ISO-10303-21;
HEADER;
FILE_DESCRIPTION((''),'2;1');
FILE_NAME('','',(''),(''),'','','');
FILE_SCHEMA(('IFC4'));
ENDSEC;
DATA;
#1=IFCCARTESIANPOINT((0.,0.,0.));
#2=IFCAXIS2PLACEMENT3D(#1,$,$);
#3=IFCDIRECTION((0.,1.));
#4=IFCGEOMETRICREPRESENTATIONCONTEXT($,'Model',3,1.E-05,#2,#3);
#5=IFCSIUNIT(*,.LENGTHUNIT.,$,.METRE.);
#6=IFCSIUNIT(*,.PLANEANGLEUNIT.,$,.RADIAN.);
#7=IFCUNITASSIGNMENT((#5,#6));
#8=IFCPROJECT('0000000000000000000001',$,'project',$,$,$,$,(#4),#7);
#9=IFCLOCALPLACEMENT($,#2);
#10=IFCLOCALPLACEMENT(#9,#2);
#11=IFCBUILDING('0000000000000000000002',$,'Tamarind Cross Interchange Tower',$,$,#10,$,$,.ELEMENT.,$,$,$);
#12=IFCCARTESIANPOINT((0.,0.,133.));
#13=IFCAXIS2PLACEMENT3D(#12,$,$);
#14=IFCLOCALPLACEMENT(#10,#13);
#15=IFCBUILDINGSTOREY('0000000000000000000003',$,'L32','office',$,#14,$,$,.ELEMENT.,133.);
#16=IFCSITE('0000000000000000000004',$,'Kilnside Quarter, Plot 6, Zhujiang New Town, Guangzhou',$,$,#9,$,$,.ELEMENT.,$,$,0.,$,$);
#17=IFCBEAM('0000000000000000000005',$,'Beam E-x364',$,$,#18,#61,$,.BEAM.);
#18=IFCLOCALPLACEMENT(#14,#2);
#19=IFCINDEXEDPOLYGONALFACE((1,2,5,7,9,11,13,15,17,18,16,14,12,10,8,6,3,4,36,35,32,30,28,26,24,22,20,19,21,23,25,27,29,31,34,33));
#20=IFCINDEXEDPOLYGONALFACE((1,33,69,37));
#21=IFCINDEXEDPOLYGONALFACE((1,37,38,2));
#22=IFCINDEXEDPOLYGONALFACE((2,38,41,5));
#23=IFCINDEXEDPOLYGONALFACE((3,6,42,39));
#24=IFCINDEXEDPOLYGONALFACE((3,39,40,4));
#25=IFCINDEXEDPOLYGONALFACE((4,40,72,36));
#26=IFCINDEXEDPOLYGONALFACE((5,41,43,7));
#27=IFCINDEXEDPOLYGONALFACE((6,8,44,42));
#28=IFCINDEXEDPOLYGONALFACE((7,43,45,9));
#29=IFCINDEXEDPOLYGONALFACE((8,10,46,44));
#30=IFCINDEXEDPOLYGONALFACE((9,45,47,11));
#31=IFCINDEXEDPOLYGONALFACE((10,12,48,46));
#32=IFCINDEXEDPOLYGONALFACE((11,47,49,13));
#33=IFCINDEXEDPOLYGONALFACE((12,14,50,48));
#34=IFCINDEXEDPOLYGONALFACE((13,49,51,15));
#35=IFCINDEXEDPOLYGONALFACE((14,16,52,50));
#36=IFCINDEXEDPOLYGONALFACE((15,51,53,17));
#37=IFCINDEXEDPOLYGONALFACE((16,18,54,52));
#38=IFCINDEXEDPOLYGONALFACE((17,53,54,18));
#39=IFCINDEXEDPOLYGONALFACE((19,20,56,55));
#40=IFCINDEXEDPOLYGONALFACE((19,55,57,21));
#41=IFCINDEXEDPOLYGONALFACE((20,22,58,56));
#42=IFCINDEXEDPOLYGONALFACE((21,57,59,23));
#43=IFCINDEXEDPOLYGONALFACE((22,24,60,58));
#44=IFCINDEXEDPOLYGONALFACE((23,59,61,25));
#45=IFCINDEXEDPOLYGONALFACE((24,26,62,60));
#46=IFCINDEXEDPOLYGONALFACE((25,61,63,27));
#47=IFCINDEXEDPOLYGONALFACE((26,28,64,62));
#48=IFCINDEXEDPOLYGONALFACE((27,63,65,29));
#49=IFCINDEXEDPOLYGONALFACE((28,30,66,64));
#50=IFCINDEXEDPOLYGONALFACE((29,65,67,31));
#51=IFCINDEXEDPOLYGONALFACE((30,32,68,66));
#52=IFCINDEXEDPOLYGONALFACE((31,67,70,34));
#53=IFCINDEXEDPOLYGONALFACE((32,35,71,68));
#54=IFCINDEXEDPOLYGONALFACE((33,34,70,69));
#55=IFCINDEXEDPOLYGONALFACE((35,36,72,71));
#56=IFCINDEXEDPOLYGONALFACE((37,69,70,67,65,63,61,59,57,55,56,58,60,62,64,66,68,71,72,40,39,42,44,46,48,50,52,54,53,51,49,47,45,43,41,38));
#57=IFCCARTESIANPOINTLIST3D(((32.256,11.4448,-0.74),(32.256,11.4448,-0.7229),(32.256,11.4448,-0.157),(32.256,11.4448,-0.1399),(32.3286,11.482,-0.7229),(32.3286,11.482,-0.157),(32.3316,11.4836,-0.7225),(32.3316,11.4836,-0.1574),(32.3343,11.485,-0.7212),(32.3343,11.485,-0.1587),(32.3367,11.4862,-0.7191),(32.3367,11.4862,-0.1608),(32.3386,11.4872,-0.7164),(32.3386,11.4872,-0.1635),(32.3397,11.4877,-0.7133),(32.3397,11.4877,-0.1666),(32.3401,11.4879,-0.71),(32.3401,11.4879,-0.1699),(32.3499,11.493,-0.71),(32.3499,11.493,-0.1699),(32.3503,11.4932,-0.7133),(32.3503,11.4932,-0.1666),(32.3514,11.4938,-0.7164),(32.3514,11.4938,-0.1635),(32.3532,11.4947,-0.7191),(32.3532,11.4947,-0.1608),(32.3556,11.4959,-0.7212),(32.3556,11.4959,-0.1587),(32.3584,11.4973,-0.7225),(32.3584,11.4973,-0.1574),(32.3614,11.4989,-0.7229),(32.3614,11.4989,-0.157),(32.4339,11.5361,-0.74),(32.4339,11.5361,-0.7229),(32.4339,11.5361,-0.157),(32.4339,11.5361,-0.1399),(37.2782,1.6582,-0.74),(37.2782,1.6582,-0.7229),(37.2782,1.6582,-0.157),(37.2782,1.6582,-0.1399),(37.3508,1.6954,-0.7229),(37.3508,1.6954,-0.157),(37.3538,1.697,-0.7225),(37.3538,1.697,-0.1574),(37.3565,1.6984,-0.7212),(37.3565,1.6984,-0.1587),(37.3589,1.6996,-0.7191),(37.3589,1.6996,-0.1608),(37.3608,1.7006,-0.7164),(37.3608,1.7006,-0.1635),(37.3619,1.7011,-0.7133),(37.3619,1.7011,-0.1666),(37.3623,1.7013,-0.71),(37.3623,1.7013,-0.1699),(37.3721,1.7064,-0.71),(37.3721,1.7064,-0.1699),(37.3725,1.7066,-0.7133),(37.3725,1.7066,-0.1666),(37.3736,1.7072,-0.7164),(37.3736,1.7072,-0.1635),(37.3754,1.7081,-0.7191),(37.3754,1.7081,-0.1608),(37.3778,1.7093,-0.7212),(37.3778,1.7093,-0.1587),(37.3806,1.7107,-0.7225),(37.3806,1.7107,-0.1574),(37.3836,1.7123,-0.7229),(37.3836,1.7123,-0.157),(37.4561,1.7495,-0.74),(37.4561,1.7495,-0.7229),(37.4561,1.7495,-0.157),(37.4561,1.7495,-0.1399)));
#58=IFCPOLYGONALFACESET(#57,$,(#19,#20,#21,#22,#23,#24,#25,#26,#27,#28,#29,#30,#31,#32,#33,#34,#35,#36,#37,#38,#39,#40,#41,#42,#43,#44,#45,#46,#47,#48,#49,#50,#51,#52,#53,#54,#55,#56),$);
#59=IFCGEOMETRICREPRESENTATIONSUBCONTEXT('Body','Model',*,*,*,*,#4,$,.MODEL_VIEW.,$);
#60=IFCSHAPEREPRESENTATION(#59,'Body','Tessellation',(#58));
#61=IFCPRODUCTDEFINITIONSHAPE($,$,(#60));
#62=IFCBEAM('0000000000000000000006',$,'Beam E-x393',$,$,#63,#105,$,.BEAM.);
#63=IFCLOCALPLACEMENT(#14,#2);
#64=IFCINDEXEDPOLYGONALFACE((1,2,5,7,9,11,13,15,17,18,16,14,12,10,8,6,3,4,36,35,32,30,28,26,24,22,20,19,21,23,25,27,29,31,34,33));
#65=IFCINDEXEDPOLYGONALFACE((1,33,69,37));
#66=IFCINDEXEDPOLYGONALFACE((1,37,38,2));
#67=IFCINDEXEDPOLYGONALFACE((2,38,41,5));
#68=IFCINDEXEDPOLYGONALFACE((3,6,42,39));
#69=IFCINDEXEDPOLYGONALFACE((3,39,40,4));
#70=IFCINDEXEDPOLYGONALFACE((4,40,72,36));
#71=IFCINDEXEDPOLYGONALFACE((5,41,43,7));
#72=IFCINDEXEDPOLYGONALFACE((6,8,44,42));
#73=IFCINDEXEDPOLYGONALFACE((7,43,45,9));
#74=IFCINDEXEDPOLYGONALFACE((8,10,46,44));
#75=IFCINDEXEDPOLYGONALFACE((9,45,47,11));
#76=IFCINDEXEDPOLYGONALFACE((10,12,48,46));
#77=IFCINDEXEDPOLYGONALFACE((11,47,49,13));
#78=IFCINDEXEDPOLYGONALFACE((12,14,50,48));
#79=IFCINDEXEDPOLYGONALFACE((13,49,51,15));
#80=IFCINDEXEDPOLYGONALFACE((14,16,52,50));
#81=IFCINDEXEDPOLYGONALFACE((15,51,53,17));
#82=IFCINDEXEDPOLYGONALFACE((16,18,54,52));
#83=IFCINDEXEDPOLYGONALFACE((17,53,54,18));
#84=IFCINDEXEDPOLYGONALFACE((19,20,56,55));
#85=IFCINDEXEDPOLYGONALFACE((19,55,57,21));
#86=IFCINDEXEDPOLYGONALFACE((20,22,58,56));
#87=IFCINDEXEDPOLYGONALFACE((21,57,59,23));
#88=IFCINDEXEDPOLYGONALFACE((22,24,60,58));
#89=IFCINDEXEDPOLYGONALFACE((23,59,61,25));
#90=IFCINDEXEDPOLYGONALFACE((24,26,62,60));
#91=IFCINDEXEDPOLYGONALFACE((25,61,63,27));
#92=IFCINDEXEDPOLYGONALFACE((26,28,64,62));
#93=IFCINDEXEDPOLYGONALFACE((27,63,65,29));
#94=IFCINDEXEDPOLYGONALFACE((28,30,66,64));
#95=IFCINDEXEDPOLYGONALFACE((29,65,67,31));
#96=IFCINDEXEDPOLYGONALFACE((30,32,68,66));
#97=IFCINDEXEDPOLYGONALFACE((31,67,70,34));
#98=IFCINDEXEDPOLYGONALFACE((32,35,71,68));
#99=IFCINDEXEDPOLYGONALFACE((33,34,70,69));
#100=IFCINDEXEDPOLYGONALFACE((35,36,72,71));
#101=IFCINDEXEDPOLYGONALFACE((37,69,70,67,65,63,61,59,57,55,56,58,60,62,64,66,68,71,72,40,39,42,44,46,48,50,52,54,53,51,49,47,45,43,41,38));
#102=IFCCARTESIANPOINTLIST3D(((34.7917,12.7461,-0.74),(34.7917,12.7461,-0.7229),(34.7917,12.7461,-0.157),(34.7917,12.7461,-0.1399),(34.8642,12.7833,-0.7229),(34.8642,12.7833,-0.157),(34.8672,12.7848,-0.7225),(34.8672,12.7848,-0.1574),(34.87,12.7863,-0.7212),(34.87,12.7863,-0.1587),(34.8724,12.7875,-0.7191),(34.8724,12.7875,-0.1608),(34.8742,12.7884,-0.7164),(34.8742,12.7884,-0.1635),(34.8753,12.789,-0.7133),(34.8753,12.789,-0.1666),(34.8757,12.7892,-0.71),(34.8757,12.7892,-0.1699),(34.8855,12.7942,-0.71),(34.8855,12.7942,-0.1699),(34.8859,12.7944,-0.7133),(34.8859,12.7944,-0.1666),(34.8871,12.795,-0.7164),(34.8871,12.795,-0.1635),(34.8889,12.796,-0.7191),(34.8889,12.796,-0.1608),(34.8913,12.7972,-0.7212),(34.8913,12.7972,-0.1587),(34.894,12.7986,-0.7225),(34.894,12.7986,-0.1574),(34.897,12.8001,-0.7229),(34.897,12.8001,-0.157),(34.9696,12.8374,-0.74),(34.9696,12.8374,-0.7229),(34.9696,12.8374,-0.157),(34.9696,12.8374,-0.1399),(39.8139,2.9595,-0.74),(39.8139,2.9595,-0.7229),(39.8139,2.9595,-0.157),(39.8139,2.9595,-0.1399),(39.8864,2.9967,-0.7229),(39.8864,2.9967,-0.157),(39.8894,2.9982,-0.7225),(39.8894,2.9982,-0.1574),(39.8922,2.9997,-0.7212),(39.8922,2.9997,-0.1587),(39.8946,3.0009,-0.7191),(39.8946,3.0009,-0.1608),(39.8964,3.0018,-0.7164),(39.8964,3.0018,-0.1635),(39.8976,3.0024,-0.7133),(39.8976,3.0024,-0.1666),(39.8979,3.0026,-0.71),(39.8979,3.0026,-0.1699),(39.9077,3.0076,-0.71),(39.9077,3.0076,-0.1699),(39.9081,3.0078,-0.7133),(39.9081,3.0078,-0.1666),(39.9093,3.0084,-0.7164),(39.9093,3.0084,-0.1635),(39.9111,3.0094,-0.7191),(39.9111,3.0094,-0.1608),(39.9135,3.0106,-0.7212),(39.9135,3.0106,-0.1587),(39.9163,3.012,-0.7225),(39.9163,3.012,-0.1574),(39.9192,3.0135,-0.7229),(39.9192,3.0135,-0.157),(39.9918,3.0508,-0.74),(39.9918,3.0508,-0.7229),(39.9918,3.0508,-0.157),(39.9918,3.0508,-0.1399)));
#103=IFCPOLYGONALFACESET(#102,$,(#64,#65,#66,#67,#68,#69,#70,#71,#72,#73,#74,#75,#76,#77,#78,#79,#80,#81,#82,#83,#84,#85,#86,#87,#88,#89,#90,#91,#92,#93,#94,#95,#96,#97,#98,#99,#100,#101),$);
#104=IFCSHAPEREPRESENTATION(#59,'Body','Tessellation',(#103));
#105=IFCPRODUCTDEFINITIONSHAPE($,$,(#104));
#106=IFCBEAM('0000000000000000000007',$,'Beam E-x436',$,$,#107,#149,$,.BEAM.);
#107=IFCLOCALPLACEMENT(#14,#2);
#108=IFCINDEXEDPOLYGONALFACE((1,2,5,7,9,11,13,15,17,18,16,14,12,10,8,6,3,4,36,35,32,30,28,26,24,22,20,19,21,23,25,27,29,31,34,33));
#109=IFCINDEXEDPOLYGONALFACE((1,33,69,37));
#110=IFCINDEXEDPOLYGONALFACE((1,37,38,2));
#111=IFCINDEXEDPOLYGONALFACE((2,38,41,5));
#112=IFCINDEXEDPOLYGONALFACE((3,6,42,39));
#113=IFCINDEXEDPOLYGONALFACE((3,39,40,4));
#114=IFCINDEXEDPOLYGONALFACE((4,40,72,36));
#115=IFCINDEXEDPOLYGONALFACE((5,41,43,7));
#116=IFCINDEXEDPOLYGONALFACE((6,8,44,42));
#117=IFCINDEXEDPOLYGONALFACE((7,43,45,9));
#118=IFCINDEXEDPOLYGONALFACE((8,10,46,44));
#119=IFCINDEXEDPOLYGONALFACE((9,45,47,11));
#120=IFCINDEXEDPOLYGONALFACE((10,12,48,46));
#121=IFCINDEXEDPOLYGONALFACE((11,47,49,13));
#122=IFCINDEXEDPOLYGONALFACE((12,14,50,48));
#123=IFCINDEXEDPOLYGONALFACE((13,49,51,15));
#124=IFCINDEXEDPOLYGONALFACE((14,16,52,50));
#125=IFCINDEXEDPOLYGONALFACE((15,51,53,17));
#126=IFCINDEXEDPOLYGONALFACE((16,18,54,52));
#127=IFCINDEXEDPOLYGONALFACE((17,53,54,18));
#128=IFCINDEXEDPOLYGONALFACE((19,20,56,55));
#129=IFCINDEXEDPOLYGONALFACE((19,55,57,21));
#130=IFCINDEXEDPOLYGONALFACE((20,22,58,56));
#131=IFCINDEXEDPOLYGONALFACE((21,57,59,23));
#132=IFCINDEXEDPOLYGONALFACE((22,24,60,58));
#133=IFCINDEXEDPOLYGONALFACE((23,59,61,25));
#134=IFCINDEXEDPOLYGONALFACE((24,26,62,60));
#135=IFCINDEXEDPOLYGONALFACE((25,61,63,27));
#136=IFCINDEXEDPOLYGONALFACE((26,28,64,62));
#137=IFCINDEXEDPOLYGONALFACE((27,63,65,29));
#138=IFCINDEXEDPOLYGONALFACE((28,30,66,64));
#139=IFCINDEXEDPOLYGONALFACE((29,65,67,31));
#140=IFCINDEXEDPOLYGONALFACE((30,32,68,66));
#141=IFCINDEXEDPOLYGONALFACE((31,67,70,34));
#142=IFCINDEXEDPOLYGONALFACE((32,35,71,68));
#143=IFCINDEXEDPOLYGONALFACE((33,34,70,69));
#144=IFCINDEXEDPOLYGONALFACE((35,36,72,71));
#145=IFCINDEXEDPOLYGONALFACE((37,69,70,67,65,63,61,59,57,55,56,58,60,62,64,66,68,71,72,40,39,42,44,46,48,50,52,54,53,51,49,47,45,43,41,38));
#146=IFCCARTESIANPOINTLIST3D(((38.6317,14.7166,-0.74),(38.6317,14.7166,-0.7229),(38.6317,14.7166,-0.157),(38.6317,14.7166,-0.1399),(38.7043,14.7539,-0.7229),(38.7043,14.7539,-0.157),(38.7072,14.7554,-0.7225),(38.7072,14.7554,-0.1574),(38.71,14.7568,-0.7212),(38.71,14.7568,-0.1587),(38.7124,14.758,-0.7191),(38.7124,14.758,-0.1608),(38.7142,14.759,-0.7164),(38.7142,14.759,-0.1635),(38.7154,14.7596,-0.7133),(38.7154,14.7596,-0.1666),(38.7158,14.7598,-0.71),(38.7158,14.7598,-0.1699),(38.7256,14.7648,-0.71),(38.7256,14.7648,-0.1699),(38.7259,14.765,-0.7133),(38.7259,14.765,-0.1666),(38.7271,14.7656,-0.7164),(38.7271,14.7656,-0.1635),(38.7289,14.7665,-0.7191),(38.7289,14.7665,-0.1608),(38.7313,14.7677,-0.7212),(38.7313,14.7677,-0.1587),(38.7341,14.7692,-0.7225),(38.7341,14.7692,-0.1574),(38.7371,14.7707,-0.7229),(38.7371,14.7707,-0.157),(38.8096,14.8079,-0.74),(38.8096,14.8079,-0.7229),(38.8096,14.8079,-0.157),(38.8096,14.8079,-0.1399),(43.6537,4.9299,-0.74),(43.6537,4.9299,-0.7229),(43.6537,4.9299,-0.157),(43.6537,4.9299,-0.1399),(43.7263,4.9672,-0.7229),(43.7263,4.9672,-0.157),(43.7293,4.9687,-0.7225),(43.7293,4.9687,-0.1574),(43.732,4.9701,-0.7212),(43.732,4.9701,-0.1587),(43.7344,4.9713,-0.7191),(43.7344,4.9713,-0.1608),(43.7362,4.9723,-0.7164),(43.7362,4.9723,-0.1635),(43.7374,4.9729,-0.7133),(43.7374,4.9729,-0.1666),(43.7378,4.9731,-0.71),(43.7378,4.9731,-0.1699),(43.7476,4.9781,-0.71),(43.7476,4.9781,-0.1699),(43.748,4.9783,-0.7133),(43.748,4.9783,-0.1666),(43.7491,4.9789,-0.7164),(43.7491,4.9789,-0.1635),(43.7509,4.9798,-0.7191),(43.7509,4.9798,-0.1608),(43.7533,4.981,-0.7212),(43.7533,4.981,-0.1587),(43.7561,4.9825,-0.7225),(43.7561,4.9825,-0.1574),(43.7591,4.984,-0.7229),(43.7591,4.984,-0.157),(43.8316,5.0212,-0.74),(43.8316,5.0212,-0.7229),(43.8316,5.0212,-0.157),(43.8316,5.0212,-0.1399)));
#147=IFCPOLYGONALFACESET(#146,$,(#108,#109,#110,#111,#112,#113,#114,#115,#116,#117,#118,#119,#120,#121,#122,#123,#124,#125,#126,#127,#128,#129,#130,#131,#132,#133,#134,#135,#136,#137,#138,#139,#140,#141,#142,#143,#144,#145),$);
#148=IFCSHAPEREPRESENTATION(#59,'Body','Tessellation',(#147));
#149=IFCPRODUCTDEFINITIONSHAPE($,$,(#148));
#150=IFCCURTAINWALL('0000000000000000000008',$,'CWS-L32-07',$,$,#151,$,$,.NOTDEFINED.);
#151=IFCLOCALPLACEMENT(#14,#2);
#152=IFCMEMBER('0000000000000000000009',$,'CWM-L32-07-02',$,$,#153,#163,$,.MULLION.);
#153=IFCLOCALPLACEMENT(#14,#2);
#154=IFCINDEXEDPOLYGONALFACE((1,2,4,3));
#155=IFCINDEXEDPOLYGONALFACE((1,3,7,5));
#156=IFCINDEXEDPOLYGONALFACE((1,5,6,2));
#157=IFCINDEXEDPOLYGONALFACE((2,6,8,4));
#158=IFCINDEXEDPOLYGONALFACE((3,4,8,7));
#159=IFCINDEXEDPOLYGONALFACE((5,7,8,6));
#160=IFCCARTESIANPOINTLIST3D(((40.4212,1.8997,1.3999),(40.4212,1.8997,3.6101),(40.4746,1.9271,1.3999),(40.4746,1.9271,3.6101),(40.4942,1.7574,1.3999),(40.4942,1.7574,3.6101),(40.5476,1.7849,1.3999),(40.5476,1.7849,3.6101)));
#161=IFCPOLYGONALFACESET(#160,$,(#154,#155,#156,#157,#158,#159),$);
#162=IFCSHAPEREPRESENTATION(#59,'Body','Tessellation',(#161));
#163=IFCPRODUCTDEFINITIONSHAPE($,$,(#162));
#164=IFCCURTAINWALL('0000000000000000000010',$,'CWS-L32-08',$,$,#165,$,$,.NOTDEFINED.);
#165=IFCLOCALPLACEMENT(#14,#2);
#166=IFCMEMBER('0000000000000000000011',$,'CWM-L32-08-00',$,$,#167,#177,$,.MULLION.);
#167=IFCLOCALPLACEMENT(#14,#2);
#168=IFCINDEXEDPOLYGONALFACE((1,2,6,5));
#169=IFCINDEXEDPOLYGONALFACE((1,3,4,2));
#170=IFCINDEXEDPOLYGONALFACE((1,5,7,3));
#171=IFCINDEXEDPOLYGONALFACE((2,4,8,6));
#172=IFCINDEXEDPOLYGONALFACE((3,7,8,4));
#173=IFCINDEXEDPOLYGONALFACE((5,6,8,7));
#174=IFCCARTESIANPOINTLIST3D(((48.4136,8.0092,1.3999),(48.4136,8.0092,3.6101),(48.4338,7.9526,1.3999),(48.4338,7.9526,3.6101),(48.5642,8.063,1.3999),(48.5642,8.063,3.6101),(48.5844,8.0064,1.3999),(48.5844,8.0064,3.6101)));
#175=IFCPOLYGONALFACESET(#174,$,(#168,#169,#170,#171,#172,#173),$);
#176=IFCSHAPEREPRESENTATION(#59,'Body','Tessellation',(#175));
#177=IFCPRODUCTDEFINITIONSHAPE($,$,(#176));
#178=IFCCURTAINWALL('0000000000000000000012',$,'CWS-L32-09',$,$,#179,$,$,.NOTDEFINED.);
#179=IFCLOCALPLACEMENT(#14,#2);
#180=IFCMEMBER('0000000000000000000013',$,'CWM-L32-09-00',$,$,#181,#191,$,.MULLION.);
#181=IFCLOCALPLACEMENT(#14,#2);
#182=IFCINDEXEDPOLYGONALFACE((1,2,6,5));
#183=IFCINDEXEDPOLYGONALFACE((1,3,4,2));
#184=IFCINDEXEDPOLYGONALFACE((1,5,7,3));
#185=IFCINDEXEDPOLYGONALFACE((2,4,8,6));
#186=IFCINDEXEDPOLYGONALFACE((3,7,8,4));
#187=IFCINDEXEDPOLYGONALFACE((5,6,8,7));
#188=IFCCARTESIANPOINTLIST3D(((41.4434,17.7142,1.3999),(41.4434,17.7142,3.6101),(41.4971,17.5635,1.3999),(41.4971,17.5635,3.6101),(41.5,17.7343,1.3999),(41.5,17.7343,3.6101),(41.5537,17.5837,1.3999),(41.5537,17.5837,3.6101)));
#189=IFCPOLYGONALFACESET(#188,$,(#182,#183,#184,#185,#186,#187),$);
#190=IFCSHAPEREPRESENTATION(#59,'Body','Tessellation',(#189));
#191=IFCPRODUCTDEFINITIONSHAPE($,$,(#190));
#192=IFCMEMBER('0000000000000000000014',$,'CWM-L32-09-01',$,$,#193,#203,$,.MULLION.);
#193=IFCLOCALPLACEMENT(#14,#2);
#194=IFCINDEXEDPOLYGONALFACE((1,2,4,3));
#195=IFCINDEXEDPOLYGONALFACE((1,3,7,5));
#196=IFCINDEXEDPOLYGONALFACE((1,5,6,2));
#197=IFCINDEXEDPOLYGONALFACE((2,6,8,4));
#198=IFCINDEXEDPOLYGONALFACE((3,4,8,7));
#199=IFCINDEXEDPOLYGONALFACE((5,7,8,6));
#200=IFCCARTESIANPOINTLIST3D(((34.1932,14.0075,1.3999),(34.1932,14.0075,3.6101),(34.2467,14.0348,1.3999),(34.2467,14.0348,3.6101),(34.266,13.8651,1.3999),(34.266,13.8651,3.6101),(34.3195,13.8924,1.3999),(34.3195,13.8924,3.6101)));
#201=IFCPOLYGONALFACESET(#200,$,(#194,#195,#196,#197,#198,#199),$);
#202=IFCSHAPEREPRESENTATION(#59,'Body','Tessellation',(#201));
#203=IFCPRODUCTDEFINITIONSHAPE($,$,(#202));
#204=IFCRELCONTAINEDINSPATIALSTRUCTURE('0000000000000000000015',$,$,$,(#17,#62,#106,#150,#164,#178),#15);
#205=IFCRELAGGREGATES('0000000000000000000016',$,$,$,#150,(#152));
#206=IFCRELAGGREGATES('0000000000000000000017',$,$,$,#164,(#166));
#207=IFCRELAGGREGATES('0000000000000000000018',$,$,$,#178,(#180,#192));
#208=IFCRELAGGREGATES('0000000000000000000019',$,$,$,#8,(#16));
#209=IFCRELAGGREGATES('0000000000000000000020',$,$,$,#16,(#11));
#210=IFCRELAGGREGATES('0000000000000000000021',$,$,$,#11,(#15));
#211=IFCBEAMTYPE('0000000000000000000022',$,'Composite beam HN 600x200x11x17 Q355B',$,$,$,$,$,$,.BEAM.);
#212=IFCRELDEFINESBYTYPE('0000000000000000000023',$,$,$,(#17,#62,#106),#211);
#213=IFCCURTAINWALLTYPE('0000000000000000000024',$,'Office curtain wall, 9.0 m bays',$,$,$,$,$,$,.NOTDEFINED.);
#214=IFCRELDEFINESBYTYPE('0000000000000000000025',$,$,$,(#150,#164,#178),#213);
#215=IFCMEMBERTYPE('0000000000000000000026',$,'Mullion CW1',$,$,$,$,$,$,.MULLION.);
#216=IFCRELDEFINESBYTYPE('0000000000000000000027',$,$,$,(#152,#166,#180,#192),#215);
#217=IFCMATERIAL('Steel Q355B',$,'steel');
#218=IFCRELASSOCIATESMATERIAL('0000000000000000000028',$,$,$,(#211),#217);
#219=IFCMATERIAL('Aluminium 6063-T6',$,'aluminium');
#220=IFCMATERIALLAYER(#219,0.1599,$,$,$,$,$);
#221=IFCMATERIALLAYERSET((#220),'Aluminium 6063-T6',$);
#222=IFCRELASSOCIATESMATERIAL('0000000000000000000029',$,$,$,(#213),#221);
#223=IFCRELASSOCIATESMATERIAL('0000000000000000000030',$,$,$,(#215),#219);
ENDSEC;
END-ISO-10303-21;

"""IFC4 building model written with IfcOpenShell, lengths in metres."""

from ifc_helpers import new_model, si_unit, direction, frame, origin, origin_2d, place, context, subcontext, project, spatial, rectangle, i_section, extrude, material, layer, layer_set, material_profile, profile_set, type_object, element, aggregate, save


model = new_model("IFC4")

# Units and contexts
model_context = context("Model", 3, precision=1e-05, world=origin(), true_north=direction((0.0, 1.0)))
body_context = subcontext(model_context, "Body", "Model", "MODEL_VIEW")
ifc_project = project(units=[si_unit("LENGTHUNIT", "METRE"), si_unit("PLANEANGLEUNIT", "RADIAN")], contexts=[model_context])

# Site, building, storey
site_placement = place(None, origin())
site = spatial("IfcSite", under=ifc_project, at=site_placement, Name="Kilnside Quarter, Plot 6, Zhujiang New Town, Guangzhou", CompositionType="ELEMENT", RefElevation=0.0)
building_placement = place(site_placement, origin())
building = spatial("IfcBuilding", under=site, at=building_placement, Name="Tamarind Cross Interchange Tower", CompositionType="ELEMENT")
storey_placement = place(building_placement, frame((0.0, 0.0, 133.0)))
storey = spatial("IfcBuildingStorey", under=building, at=storey_placement, Name="L32", Description="office", CompositionType="ELEMENT", Elevation=133.0)

# Beams
ifc_material_1 = material(Name="Steel Q355B", Category="steel")
ifc_material_profile_1 = material_profile(ifc_material_1, i_section(OverallWidth=0.2, OverallDepth=0.6001, WebThickness=0.011, FlangeThickness=0.0171, FilletRadius=0.0129, at=origin_2d()), Name="HN 600x200x11x17")
ifc_profile_set_1 = profile_set([ifc_material_profile_1], Name="Steel Q355B")
beam_type_1 = type_object("IfcBeamType", Name="Composite beam HN 600x200x11x17 Q355B", PredefinedType="BEAM", material=ifc_profile_set_1)
for number, where, z_axis, x_axis, name in (
    (1, (37.3672, 1.7039, -0.4399), (-0.456564, 0.889691, 0.0), (-0.889691, -0.456564, 0.0), "Beam E-x364"),
    (2, (39.9028, 3.0051, -0.4399), (-0.456564, 0.889691, 0.0), (-0.889691, -0.456564, 0.0), "Beam E-x393"),
    (3, (43.7427, 4.9756, -0.4399), (-0.456546, 0.8897, 0.0), (-0.8897, -0.456546, 0.0), "Beam E-x436"),
):
    element("IfcBeam", number, at=place(storey_placement, frame(where, z_axis=z_axis, x_axis=x_axis)), inside=storey, type_object=beam_type_1, Name=name, PredefinedType="BEAM", context=body_context, shape_type="SweptSolid", body=[
        extrude(i_section(OverallWidth=0.2, OverallDepth=0.6001, WebThickness=0.011, FlangeThickness=0.0171, FilletRadius=0.0129, at=origin_2d()), origin(), (0.0, 0.0, 1.0), 11.0),
    ])

# Curtain walls, members
ifc_material_2 = material(Name="Aluminium 6063-T6", Category="aluminium")
ifc_layer_1 = layer(ifc_material_2, 0.1599)
ifc_layer_set_1 = layer_set([ifc_layer_1], Name="Aluminium 6063-T6")
curtain_wall_type = type_object("IfcCurtainWallType", Name="Office curtain wall, 9.0 m bays", PredefinedType="NOTDEFINED", material=ifc_layer_set_1)
curtain_wall_1_placement = place(storey_placement, origin())
curtain_wall_1 = element("IfcCurtainWall", 4, at=curtain_wall_1_placement, inside=storey, type_object=curtain_wall_type, Name="CWS-L32-07", PredefinedType="NOTDEFINED")
ifc_material_profile_2 = material_profile(ifc_material_2, rectangle(XDim=0.0601, YDim=0.1599, at=origin_2d()), Name="Mullion CW1")
ifc_profile_set_2 = profile_set([ifc_material_profile_2], Name="Aluminium 6063-T6")
member_type = type_object("IfcMemberType", Name="Mullion CW1", PredefinedType="MULLION", material=ifc_profile_set_2)
member_1_placement = place(storey_placement, frame((40.4844, 1.8423, 1.3999), z_axis=(0.0, 0.0, 1.0), x_axis=(0.889697, 0.456551, 0.0)))
member_1 = element("IfcMember", 5, at=member_1_placement, type_object=member_type, Name="CWM-L32-07-02", PredefinedType="MULLION", context=body_context, shape_type="SweptSolid", body=[
    extrude(rectangle(XDim=0.0601, YDim=0.1599, at=origin_2d()), origin(), (0.0, 0.0, 1.0), 2.2102),
])
aggregate(curtain_wall_1, [member_1])
curtain_wall_2_placement = place(storey_placement, origin())
curtain_wall_2 = element("IfcCurtainWall", 6, at=curtain_wall_2_placement, inside=storey, type_object=curtain_wall_type, Name="CWS-L32-08", PredefinedType="NOTDEFINED")
member_2_placement = place(storey_placement, frame((48.499, 8.0078, 1.3999), z_axis=(0.0, 0.0, 1.0), x_axis=(-0.336517, 0.941677, 0.0)))
member_2 = element("IfcMember", 7, at=member_2_placement, type_object=member_type, Name="CWM-L32-08-00", PredefinedType="MULLION", context=body_context, shape_type="SweptSolid", body=[
    extrude(rectangle(XDim=0.0601, YDim=0.1599, at=origin_2d()), origin(), (0.0, 0.0, 1.0), 2.2102),
])
aggregate(curtain_wall_2, [member_2])

# Curtain wall, members
curtain_wall_3_placement = place(storey_placement, origin())
curtain_wall_3 = element("IfcCurtainWall", 8, at=curtain_wall_3_placement, inside=storey, type_object=curtain_wall_type, Name="CWS-L32-09", PredefinedType="NOTDEFINED")
member_3_placement = place(storey_placement, frame((41.4985, 17.6489, 1.3999), z_axis=(0.0, 0.0, 1.0), x_axis=(-0.941999, -0.335615, 0.0)))
member_3 = element("IfcMember", 9, at=member_3_placement, type_object=member_type, Name="CWM-L32-09-00", PredefinedType="MULLION", context=body_context, shape_type="SweptSolid", body=[
    extrude(rectangle(XDim=0.0601, YDim=0.1599, at=origin_2d()), origin(), (0.0, 0.0, 1.0), 2.2102),
])
member_4_placement = place(storey_placement, frame((34.2563, 13.95, 1.3999), z_axis=(0.0, 0.0, 1.0), x_axis=(-0.89057, -0.454847, 0.0)))
member_4 = element("IfcMember", 10, at=member_4_placement, type_object=member_type, Name="CWM-L32-09-01", PredefinedType="MULLION", context=body_context, shape_type="SweptSolid", body=[
    extrude(rectangle(XDim=0.0601, YDim=0.1599, at=origin_2d()), origin(), (0.0, 0.0, 1.0), 2.2102),
])
aggregate(curtain_wall_3, [member_3, member_4])

save(model, "model.ifc")
